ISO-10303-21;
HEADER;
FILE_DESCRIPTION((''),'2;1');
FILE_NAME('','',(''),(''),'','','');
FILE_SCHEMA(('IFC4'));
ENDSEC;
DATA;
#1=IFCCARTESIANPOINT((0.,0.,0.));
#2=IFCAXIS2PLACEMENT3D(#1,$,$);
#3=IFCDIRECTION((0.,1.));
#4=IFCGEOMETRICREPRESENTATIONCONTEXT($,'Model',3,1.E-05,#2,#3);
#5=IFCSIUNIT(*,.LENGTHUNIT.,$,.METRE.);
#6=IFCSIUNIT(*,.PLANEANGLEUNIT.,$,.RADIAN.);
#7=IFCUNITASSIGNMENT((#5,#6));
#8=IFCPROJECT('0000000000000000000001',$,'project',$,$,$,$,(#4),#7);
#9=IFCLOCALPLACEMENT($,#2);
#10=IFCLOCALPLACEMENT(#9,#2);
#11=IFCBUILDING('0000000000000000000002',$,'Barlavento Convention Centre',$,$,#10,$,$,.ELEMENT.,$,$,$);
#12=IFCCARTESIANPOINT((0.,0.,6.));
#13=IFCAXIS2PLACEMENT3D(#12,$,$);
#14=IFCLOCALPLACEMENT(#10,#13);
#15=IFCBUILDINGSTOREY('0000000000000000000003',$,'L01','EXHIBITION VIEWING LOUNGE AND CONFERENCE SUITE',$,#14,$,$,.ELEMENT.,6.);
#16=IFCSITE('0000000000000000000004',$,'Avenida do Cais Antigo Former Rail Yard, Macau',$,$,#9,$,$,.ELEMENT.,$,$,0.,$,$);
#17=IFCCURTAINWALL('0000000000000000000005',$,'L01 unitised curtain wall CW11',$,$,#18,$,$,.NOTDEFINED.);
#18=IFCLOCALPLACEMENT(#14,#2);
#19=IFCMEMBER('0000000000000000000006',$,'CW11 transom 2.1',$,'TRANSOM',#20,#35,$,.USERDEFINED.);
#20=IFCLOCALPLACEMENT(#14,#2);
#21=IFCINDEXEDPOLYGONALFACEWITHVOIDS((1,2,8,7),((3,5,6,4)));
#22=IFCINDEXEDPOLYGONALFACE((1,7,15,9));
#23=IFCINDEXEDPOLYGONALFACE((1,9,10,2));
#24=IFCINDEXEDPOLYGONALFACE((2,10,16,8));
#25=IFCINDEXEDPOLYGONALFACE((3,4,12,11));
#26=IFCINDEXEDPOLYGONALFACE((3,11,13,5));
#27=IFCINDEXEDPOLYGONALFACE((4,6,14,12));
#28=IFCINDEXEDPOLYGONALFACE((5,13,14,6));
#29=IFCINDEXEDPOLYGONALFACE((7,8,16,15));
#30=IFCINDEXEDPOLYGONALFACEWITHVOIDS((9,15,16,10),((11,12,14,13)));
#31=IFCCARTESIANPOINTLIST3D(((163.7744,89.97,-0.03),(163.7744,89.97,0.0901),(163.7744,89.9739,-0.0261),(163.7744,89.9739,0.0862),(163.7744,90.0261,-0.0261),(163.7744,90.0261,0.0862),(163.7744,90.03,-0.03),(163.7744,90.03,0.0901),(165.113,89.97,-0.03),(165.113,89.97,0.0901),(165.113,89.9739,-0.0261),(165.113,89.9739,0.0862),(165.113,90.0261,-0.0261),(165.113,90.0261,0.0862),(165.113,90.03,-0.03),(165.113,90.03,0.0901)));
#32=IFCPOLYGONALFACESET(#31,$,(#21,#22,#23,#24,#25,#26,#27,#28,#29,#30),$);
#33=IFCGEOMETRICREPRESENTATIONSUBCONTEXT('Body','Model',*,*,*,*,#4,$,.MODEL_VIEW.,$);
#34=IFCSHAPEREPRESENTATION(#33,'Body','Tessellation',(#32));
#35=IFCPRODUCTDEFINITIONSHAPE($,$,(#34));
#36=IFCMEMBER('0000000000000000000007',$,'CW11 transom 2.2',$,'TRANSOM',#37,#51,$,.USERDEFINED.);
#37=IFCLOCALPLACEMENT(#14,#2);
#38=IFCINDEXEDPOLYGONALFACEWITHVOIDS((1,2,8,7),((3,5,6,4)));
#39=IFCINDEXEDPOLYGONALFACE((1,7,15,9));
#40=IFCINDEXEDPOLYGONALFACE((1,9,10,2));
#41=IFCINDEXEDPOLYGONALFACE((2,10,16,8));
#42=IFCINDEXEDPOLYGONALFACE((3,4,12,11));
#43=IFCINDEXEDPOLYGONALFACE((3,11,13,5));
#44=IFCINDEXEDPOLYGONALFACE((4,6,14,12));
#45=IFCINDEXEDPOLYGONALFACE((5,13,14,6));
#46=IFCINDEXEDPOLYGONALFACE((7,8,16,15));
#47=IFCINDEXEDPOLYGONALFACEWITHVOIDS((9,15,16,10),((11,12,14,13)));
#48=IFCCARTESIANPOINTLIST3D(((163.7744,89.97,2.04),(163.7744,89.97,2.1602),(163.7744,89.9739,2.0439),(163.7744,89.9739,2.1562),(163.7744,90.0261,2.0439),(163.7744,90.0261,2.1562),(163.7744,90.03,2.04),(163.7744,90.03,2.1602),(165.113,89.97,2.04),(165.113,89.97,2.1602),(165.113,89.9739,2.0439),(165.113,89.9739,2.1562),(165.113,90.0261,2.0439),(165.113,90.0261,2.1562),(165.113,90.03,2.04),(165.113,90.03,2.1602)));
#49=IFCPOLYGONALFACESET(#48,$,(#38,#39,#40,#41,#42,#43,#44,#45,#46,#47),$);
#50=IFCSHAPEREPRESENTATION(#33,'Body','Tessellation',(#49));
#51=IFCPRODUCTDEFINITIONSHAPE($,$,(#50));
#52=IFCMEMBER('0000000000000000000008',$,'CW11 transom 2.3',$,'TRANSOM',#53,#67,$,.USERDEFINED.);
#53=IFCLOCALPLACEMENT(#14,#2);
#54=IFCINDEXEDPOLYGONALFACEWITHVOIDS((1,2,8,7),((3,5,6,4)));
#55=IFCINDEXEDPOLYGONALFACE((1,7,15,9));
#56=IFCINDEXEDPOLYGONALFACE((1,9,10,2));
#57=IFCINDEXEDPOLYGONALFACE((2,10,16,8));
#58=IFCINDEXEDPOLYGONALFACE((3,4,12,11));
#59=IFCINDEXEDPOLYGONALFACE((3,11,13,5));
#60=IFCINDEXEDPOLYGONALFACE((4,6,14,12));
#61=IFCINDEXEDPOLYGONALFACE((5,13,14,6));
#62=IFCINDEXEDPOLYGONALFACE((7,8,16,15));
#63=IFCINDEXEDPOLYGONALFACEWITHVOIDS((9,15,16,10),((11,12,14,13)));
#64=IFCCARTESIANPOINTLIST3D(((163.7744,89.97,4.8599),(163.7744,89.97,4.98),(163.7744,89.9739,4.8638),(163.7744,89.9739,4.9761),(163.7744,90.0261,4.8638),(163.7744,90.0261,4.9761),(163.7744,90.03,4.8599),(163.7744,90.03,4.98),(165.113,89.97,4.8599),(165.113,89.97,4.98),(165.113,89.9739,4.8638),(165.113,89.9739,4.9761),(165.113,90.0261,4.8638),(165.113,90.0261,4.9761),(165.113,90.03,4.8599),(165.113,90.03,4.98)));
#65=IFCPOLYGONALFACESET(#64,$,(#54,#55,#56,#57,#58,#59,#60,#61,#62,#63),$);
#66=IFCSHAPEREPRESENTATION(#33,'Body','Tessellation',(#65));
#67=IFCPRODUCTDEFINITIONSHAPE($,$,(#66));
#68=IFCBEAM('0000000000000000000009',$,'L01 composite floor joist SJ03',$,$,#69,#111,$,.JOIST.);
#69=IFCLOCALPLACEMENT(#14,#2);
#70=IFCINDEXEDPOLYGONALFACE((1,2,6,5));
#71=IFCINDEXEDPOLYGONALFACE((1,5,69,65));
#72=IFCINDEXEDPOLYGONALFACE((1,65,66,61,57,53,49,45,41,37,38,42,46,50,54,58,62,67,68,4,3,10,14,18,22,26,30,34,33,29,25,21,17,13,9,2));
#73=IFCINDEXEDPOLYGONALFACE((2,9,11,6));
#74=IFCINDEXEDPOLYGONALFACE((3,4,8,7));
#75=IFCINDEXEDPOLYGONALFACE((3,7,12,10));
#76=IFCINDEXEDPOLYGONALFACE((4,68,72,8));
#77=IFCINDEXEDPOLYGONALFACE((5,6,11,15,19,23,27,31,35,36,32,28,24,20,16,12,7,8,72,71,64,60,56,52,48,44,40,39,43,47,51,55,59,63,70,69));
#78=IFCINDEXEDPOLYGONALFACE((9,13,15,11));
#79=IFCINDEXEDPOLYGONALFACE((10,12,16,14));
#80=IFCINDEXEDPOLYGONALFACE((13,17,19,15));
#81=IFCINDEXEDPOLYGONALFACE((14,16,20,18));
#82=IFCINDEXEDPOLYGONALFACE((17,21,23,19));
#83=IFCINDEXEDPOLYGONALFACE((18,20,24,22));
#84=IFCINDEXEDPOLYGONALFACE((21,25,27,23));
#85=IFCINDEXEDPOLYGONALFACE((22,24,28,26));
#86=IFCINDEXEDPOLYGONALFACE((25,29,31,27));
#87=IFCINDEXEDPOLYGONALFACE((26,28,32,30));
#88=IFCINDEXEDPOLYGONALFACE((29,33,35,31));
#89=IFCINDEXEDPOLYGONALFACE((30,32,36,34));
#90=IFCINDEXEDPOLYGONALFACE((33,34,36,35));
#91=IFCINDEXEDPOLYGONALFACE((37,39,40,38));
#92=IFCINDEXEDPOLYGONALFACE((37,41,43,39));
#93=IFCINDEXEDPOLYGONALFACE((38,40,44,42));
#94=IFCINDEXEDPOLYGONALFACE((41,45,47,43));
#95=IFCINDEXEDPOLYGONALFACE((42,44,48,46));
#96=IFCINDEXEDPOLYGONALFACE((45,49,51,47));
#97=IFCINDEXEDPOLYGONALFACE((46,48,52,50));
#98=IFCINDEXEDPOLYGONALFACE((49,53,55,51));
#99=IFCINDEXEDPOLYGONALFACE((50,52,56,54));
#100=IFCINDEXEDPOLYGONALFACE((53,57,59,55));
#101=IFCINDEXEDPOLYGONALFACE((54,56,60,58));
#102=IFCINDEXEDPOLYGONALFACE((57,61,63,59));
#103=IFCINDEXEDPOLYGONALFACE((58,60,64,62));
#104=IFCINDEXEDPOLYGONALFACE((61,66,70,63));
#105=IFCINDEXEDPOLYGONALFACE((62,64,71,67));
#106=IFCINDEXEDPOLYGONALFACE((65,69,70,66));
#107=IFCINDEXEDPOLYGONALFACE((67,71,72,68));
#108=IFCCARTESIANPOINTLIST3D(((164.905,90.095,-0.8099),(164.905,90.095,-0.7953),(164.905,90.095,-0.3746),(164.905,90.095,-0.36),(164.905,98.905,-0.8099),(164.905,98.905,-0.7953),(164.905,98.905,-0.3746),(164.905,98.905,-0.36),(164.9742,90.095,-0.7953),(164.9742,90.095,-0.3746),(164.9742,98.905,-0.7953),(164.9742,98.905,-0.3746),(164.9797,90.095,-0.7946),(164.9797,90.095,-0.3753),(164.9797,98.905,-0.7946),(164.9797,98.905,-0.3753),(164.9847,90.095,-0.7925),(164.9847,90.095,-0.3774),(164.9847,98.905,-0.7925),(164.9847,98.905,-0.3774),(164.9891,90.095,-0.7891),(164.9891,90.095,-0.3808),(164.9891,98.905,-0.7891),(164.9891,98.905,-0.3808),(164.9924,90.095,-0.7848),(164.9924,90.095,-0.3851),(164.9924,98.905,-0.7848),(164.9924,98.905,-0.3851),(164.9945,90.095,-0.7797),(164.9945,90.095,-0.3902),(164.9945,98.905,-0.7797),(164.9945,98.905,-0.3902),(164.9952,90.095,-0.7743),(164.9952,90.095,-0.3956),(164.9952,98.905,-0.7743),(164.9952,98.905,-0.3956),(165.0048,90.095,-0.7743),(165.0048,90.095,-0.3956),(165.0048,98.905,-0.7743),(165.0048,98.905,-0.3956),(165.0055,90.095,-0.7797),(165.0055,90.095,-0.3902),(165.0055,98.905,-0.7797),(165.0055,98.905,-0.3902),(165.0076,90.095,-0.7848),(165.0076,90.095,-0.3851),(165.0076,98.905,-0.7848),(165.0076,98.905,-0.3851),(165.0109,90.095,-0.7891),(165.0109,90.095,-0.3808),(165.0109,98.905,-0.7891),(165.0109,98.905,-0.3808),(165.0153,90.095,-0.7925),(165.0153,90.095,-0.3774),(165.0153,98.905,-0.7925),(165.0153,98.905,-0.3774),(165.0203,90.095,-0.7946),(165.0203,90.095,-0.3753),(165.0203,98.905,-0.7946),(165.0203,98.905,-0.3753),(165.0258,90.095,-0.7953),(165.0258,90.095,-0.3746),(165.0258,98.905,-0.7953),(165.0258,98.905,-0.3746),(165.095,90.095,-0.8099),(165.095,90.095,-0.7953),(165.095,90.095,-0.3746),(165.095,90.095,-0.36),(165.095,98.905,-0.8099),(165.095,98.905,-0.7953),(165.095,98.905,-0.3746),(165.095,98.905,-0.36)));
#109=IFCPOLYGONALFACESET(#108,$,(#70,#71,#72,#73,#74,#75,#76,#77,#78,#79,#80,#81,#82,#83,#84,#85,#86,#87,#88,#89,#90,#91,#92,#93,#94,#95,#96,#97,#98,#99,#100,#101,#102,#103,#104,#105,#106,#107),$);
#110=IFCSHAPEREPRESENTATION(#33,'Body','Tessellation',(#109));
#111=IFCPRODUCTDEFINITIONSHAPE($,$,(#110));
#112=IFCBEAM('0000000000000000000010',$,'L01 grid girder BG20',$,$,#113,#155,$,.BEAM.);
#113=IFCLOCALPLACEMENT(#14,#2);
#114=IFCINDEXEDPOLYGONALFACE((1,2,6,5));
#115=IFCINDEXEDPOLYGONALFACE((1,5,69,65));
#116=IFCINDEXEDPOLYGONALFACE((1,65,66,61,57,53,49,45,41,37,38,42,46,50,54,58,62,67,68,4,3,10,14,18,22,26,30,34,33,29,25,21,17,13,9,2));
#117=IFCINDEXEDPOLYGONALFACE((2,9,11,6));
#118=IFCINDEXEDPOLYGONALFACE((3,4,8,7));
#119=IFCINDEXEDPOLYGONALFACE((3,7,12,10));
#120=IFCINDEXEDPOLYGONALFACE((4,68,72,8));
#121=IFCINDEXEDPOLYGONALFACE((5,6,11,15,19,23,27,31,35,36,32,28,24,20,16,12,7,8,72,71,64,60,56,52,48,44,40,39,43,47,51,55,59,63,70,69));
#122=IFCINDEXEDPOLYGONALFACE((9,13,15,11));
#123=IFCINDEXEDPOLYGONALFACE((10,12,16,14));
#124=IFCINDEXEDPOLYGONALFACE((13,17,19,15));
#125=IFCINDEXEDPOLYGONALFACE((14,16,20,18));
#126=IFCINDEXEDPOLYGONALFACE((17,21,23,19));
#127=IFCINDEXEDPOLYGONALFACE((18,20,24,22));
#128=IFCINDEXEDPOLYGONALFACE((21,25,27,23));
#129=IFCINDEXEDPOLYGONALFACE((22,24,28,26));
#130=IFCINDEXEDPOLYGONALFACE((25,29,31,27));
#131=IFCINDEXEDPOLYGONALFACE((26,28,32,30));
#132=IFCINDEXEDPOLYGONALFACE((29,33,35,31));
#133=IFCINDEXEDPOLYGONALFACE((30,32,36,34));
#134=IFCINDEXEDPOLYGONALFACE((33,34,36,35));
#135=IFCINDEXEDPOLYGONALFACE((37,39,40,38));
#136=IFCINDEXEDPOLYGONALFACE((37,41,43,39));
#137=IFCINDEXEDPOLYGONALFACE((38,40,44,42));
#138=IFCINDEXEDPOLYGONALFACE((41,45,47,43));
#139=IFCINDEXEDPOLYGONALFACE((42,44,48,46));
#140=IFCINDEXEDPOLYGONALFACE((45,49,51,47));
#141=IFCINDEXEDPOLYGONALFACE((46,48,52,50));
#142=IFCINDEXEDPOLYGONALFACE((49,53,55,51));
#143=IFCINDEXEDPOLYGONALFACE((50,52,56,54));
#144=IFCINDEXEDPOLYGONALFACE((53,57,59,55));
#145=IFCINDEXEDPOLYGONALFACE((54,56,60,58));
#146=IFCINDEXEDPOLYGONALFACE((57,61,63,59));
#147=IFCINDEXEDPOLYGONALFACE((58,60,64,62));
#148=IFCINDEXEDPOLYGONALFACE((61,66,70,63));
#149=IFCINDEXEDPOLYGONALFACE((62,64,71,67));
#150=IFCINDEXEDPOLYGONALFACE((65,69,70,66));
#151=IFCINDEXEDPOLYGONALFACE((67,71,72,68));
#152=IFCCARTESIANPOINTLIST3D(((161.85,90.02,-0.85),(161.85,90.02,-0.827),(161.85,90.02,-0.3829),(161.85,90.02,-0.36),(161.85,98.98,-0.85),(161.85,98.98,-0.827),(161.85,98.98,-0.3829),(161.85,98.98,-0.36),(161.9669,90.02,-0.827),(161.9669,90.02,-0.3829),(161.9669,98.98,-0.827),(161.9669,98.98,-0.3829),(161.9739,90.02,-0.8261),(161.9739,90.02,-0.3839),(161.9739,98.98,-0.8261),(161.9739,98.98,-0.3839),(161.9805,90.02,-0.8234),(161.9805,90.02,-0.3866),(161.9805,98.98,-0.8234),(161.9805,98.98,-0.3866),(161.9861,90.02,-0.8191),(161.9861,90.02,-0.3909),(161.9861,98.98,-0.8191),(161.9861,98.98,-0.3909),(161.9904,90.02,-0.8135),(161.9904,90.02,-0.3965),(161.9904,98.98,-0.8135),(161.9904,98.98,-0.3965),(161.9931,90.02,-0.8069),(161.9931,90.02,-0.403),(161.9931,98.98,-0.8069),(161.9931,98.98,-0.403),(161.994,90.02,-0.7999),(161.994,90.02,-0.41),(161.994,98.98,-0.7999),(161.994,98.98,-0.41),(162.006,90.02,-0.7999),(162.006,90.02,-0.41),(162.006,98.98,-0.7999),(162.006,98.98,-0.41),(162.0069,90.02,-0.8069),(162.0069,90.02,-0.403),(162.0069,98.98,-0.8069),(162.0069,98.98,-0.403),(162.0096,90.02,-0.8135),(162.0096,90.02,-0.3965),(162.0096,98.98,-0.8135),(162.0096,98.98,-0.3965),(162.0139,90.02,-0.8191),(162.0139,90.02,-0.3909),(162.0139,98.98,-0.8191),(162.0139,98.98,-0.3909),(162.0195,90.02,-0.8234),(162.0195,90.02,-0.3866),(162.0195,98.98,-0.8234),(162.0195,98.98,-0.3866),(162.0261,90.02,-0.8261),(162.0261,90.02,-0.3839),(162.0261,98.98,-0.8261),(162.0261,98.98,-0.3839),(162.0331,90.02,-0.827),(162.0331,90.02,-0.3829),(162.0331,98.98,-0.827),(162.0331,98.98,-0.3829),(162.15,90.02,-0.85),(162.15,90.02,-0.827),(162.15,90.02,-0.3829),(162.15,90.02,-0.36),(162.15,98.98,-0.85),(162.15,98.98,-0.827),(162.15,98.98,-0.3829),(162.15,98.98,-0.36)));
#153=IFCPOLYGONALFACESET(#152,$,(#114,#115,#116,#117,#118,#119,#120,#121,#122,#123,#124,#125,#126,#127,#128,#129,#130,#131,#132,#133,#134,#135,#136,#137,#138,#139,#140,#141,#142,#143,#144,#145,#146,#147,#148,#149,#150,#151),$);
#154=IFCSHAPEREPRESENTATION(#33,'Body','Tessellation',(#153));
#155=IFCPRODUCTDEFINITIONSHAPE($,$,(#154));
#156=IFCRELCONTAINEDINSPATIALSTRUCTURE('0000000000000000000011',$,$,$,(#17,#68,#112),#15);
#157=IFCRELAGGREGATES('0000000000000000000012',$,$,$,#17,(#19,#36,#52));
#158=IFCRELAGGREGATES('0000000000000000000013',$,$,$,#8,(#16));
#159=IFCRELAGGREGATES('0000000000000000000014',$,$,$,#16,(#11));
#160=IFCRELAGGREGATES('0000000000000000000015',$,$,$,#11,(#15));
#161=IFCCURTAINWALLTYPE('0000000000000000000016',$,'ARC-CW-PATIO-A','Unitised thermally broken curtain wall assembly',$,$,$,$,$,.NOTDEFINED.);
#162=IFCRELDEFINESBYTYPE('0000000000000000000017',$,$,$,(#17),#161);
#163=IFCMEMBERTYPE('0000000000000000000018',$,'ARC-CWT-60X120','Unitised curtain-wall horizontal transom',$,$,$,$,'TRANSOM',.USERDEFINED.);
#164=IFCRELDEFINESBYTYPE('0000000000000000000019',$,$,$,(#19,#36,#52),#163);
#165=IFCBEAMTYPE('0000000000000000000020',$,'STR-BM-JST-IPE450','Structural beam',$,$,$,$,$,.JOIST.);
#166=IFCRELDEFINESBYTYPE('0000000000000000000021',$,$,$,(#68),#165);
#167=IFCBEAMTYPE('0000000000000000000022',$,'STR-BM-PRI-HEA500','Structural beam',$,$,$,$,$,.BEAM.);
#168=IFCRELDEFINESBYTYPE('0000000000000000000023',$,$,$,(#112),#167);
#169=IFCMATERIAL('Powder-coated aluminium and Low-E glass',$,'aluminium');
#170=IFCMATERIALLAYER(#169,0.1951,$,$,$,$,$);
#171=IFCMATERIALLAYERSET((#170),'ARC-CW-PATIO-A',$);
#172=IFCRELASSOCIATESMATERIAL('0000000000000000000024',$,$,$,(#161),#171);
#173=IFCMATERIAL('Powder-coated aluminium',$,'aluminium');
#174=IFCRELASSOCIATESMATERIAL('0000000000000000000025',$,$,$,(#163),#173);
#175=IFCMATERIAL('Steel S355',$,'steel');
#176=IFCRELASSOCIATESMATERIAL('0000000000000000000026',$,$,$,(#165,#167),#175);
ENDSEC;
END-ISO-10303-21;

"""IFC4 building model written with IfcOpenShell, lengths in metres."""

from ifc_helpers import new_model, si_unit, direction, frame, origin, origin_2d, place, context, subcontext, project, spatial, hollow_rectangle, i_section, extrude, material, layer, layer_set, material_profile, profile_set, type_object, element, aggregate, save


model = new_model("IFC4")

# Units and contexts
model_context = context("Model", 3, precision=1e-05, world=origin(), true_north=direction((0.0, 1.0)))
body_context = subcontext(model_context, "Body", "Model", "MODEL_VIEW")
ifc_project = project(units=[si_unit("LENGTHUNIT", "METRE"), si_unit("PLANEANGLEUNIT", "RADIAN")], contexts=[model_context])

# Site, building, storey
site_placement = place(None, origin())
site = spatial("IfcSite", under=ifc_project, at=site_placement, Name="Avenida do Cais Antigo Former Rail Yard, Macau", CompositionType="ELEMENT", RefElevation=0.0)
building_placement = place(site_placement, origin())
building = spatial("IfcBuilding", under=site, at=building_placement, Name="Barlavento Convention Centre", CompositionType="ELEMENT")
storey_placement = place(building_placement, frame((0.0, 0.0, 6.0)))
storey = spatial("IfcBuildingStorey", under=building, at=storey_placement, Name="L01", Description="EXHIBITION VIEWING LOUNGE AND CONFERENCE SUITE", CompositionType="ELEMENT", Elevation=6.0)

# Shared definitions
ifc_material_1 = material(Name="Steel S355", Category="steel")

# Shared definitions
ifc_material_2 = material(Name="Powder-coated aluminium and Low-E glass", Category="aluminium")
ifc_layer_1 = layer(ifc_material_2, 0.1951)
ifc_layer_set_1 = layer_set([ifc_layer_1], Name="ARC-CW-PATIO-A")
curtain_wall_type = type_object("IfcCurtainWallType", Name="ARC-CW-PATIO-A", Description="Unitised thermally broken curtain wall assembly", PredefinedType="NOTDEFINED", material=ifc_layer_set_1)
ifc_material_3 = material(Name="Powder-coated aluminium", Category="aluminium")

# Curtain wall
curtain_wall_1_placement = place(storey_placement, origin())
curtain_wall_1 = element("IfcCurtainWall", 1, at=curtain_wall_1_placement, inside=storey, type_object=curtain_wall_type, Name="L01 unitised curtain wall CW11", PredefinedType="NOTDEFINED")

# Members
ifc_material_profile_1 = material_profile(ifc_material_3, hollow_rectangle(XDim=0.0601, YDim=0.1201, WallThickness=0.0039, at=origin_2d()), Name="AL-TRAN 60x120x4")
ifc_profile_set_1 = profile_set([ifc_material_profile_1], Name="Powder-coated aluminium")
member_type_1 = type_object("IfcMemberType", Name="ARC-CWT-60X120", Description="Unitised curtain-wall horizontal transom", ElementType="TRANSOM", PredefinedType="USERDEFINED", material=ifc_profile_set_1)
member_1_placement = place(storey_placement, frame((163.7744, 90.0, 0.03), z_axis=(1.0, 0.0, 0.0), x_axis=(0.0, 1.0, 0.0)))
member_1 = element("IfcMember", 2, at=member_1_placement, type_object=member_type_1, Name="CW11 transom 2.1", ObjectType="TRANSOM", PredefinedType="USERDEFINED", context=body_context, shape_type="SweptSolid", body=[
    extrude(hollow_rectangle(XDim=0.0601, YDim=0.1201, WallThickness=0.0039, at=origin_2d()), origin(), (0.0, 0.0, 1.0), 1.3386),
])
member_2_placement = place(storey_placement, frame((163.7744, 90.0, 2.1001), z_axis=(1.0, 0.0, 0.0), x_axis=(0.0, 1.0, 0.0)))
member_2 = element("IfcMember", 3, at=member_2_placement, type_object=member_type_1, Name="CW11 transom 2.2", ObjectType="TRANSOM", PredefinedType="USERDEFINED", context=body_context, shape_type="SweptSolid", body=[
    extrude(hollow_rectangle(XDim=0.0601, YDim=0.1201, WallThickness=0.0039, at=origin_2d()), origin(), (0.0, 0.0, 1.0), 1.3386),
])
member_3_placement = place(storey_placement, frame((163.7744, 90.0, 4.9199), z_axis=(1.0, 0.0, 0.0), x_axis=(0.0, 1.0, 0.0)))
member_3 = element("IfcMember", 4, at=member_3_placement, type_object=member_type_1, Name="CW11 transom 2.3", ObjectType="TRANSOM", PredefinedType="USERDEFINED", context=body_context, shape_type="SweptSolid", body=[
    extrude(hollow_rectangle(XDim=0.0601, YDim=0.1201, WallThickness=0.0039, at=origin_2d()), origin(), (0.0, 0.0, 1.0), 1.3386),
])

# Beams
ifc_material_profile_2 = material_profile(ifc_material_1, i_section(OverallWidth=0.1899, OverallDepth=0.45, WebThickness=0.0095, FlangeThickness=0.0146, FilletRadius=0.021, at=origin_2d()), Name="IPE 450")
ifc_profile_set_2 = profile_set([ifc_material_profile_2], Name="Steel S355")
beam_type_1 = type_object("IfcBeamType", Name="STR-BM-JST-IPE450", Description="Structural beam", PredefinedType="JOIST", material=ifc_profile_set_2)
beam_1_placement = place(storey_placement, frame((165.0, 90.095, -0.585), z_axis=(0.0, 1.0, 0.0), x_axis=(-1.0, 0.0, 0.0)))
element("IfcBeam", 5, at=beam_1_placement, inside=storey, type_object=beam_type_1, Name="L01 composite floor joist SJ03", PredefinedType="JOIST", context=body_context, shape_type="SweptSolid", body=[
    extrude(i_section(OverallWidth=0.1899, OverallDepth=0.45, WebThickness=0.0095, FlangeThickness=0.0146, FilletRadius=0.021, at=origin_2d()), origin(), (0.0, 0.0, 1.0), 8.8101),
])
ifc_material_profile_3 = material_profile(ifc_material_1, i_section(OverallWidth=0.3, OverallDepth=0.49, WebThickness=0.012, FlangeThickness=0.0229, FilletRadius=0.0271, at=origin_2d()), Name="HEA 500")
ifc_profile_set_3 = profile_set([ifc_material_profile_3], Name="Steel S355")
beam_type_2 = type_object("IfcBeamType", Name="STR-BM-PRI-HEA500", Description="Structural beam", PredefinedType="BEAM", material=ifc_profile_set_3)
beam_2_placement = place(storey_placement, frame((162.0, 90.02, -0.605), z_axis=(0.0, 1.0, 0.0), x_axis=(-1.0, 0.0, 0.0)))
element("IfcBeam", 6, at=beam_2_placement, inside=storey, type_object=beam_type_2, Name="L01 grid girder BG20", PredefinedType="BEAM", context=body_context, shape_type="SweptSolid", body=[
    extrude(i_section(OverallWidth=0.3, OverallDepth=0.49, WebThickness=0.012, FlangeThickness=0.0229, FilletRadius=0.0271, at=origin_2d()), origin(), (0.0, 0.0, 1.0), 8.96),
])

aggregate(curtain_wall_1, [member_1, member_2, member_3])

save(model, "model.ifc")
